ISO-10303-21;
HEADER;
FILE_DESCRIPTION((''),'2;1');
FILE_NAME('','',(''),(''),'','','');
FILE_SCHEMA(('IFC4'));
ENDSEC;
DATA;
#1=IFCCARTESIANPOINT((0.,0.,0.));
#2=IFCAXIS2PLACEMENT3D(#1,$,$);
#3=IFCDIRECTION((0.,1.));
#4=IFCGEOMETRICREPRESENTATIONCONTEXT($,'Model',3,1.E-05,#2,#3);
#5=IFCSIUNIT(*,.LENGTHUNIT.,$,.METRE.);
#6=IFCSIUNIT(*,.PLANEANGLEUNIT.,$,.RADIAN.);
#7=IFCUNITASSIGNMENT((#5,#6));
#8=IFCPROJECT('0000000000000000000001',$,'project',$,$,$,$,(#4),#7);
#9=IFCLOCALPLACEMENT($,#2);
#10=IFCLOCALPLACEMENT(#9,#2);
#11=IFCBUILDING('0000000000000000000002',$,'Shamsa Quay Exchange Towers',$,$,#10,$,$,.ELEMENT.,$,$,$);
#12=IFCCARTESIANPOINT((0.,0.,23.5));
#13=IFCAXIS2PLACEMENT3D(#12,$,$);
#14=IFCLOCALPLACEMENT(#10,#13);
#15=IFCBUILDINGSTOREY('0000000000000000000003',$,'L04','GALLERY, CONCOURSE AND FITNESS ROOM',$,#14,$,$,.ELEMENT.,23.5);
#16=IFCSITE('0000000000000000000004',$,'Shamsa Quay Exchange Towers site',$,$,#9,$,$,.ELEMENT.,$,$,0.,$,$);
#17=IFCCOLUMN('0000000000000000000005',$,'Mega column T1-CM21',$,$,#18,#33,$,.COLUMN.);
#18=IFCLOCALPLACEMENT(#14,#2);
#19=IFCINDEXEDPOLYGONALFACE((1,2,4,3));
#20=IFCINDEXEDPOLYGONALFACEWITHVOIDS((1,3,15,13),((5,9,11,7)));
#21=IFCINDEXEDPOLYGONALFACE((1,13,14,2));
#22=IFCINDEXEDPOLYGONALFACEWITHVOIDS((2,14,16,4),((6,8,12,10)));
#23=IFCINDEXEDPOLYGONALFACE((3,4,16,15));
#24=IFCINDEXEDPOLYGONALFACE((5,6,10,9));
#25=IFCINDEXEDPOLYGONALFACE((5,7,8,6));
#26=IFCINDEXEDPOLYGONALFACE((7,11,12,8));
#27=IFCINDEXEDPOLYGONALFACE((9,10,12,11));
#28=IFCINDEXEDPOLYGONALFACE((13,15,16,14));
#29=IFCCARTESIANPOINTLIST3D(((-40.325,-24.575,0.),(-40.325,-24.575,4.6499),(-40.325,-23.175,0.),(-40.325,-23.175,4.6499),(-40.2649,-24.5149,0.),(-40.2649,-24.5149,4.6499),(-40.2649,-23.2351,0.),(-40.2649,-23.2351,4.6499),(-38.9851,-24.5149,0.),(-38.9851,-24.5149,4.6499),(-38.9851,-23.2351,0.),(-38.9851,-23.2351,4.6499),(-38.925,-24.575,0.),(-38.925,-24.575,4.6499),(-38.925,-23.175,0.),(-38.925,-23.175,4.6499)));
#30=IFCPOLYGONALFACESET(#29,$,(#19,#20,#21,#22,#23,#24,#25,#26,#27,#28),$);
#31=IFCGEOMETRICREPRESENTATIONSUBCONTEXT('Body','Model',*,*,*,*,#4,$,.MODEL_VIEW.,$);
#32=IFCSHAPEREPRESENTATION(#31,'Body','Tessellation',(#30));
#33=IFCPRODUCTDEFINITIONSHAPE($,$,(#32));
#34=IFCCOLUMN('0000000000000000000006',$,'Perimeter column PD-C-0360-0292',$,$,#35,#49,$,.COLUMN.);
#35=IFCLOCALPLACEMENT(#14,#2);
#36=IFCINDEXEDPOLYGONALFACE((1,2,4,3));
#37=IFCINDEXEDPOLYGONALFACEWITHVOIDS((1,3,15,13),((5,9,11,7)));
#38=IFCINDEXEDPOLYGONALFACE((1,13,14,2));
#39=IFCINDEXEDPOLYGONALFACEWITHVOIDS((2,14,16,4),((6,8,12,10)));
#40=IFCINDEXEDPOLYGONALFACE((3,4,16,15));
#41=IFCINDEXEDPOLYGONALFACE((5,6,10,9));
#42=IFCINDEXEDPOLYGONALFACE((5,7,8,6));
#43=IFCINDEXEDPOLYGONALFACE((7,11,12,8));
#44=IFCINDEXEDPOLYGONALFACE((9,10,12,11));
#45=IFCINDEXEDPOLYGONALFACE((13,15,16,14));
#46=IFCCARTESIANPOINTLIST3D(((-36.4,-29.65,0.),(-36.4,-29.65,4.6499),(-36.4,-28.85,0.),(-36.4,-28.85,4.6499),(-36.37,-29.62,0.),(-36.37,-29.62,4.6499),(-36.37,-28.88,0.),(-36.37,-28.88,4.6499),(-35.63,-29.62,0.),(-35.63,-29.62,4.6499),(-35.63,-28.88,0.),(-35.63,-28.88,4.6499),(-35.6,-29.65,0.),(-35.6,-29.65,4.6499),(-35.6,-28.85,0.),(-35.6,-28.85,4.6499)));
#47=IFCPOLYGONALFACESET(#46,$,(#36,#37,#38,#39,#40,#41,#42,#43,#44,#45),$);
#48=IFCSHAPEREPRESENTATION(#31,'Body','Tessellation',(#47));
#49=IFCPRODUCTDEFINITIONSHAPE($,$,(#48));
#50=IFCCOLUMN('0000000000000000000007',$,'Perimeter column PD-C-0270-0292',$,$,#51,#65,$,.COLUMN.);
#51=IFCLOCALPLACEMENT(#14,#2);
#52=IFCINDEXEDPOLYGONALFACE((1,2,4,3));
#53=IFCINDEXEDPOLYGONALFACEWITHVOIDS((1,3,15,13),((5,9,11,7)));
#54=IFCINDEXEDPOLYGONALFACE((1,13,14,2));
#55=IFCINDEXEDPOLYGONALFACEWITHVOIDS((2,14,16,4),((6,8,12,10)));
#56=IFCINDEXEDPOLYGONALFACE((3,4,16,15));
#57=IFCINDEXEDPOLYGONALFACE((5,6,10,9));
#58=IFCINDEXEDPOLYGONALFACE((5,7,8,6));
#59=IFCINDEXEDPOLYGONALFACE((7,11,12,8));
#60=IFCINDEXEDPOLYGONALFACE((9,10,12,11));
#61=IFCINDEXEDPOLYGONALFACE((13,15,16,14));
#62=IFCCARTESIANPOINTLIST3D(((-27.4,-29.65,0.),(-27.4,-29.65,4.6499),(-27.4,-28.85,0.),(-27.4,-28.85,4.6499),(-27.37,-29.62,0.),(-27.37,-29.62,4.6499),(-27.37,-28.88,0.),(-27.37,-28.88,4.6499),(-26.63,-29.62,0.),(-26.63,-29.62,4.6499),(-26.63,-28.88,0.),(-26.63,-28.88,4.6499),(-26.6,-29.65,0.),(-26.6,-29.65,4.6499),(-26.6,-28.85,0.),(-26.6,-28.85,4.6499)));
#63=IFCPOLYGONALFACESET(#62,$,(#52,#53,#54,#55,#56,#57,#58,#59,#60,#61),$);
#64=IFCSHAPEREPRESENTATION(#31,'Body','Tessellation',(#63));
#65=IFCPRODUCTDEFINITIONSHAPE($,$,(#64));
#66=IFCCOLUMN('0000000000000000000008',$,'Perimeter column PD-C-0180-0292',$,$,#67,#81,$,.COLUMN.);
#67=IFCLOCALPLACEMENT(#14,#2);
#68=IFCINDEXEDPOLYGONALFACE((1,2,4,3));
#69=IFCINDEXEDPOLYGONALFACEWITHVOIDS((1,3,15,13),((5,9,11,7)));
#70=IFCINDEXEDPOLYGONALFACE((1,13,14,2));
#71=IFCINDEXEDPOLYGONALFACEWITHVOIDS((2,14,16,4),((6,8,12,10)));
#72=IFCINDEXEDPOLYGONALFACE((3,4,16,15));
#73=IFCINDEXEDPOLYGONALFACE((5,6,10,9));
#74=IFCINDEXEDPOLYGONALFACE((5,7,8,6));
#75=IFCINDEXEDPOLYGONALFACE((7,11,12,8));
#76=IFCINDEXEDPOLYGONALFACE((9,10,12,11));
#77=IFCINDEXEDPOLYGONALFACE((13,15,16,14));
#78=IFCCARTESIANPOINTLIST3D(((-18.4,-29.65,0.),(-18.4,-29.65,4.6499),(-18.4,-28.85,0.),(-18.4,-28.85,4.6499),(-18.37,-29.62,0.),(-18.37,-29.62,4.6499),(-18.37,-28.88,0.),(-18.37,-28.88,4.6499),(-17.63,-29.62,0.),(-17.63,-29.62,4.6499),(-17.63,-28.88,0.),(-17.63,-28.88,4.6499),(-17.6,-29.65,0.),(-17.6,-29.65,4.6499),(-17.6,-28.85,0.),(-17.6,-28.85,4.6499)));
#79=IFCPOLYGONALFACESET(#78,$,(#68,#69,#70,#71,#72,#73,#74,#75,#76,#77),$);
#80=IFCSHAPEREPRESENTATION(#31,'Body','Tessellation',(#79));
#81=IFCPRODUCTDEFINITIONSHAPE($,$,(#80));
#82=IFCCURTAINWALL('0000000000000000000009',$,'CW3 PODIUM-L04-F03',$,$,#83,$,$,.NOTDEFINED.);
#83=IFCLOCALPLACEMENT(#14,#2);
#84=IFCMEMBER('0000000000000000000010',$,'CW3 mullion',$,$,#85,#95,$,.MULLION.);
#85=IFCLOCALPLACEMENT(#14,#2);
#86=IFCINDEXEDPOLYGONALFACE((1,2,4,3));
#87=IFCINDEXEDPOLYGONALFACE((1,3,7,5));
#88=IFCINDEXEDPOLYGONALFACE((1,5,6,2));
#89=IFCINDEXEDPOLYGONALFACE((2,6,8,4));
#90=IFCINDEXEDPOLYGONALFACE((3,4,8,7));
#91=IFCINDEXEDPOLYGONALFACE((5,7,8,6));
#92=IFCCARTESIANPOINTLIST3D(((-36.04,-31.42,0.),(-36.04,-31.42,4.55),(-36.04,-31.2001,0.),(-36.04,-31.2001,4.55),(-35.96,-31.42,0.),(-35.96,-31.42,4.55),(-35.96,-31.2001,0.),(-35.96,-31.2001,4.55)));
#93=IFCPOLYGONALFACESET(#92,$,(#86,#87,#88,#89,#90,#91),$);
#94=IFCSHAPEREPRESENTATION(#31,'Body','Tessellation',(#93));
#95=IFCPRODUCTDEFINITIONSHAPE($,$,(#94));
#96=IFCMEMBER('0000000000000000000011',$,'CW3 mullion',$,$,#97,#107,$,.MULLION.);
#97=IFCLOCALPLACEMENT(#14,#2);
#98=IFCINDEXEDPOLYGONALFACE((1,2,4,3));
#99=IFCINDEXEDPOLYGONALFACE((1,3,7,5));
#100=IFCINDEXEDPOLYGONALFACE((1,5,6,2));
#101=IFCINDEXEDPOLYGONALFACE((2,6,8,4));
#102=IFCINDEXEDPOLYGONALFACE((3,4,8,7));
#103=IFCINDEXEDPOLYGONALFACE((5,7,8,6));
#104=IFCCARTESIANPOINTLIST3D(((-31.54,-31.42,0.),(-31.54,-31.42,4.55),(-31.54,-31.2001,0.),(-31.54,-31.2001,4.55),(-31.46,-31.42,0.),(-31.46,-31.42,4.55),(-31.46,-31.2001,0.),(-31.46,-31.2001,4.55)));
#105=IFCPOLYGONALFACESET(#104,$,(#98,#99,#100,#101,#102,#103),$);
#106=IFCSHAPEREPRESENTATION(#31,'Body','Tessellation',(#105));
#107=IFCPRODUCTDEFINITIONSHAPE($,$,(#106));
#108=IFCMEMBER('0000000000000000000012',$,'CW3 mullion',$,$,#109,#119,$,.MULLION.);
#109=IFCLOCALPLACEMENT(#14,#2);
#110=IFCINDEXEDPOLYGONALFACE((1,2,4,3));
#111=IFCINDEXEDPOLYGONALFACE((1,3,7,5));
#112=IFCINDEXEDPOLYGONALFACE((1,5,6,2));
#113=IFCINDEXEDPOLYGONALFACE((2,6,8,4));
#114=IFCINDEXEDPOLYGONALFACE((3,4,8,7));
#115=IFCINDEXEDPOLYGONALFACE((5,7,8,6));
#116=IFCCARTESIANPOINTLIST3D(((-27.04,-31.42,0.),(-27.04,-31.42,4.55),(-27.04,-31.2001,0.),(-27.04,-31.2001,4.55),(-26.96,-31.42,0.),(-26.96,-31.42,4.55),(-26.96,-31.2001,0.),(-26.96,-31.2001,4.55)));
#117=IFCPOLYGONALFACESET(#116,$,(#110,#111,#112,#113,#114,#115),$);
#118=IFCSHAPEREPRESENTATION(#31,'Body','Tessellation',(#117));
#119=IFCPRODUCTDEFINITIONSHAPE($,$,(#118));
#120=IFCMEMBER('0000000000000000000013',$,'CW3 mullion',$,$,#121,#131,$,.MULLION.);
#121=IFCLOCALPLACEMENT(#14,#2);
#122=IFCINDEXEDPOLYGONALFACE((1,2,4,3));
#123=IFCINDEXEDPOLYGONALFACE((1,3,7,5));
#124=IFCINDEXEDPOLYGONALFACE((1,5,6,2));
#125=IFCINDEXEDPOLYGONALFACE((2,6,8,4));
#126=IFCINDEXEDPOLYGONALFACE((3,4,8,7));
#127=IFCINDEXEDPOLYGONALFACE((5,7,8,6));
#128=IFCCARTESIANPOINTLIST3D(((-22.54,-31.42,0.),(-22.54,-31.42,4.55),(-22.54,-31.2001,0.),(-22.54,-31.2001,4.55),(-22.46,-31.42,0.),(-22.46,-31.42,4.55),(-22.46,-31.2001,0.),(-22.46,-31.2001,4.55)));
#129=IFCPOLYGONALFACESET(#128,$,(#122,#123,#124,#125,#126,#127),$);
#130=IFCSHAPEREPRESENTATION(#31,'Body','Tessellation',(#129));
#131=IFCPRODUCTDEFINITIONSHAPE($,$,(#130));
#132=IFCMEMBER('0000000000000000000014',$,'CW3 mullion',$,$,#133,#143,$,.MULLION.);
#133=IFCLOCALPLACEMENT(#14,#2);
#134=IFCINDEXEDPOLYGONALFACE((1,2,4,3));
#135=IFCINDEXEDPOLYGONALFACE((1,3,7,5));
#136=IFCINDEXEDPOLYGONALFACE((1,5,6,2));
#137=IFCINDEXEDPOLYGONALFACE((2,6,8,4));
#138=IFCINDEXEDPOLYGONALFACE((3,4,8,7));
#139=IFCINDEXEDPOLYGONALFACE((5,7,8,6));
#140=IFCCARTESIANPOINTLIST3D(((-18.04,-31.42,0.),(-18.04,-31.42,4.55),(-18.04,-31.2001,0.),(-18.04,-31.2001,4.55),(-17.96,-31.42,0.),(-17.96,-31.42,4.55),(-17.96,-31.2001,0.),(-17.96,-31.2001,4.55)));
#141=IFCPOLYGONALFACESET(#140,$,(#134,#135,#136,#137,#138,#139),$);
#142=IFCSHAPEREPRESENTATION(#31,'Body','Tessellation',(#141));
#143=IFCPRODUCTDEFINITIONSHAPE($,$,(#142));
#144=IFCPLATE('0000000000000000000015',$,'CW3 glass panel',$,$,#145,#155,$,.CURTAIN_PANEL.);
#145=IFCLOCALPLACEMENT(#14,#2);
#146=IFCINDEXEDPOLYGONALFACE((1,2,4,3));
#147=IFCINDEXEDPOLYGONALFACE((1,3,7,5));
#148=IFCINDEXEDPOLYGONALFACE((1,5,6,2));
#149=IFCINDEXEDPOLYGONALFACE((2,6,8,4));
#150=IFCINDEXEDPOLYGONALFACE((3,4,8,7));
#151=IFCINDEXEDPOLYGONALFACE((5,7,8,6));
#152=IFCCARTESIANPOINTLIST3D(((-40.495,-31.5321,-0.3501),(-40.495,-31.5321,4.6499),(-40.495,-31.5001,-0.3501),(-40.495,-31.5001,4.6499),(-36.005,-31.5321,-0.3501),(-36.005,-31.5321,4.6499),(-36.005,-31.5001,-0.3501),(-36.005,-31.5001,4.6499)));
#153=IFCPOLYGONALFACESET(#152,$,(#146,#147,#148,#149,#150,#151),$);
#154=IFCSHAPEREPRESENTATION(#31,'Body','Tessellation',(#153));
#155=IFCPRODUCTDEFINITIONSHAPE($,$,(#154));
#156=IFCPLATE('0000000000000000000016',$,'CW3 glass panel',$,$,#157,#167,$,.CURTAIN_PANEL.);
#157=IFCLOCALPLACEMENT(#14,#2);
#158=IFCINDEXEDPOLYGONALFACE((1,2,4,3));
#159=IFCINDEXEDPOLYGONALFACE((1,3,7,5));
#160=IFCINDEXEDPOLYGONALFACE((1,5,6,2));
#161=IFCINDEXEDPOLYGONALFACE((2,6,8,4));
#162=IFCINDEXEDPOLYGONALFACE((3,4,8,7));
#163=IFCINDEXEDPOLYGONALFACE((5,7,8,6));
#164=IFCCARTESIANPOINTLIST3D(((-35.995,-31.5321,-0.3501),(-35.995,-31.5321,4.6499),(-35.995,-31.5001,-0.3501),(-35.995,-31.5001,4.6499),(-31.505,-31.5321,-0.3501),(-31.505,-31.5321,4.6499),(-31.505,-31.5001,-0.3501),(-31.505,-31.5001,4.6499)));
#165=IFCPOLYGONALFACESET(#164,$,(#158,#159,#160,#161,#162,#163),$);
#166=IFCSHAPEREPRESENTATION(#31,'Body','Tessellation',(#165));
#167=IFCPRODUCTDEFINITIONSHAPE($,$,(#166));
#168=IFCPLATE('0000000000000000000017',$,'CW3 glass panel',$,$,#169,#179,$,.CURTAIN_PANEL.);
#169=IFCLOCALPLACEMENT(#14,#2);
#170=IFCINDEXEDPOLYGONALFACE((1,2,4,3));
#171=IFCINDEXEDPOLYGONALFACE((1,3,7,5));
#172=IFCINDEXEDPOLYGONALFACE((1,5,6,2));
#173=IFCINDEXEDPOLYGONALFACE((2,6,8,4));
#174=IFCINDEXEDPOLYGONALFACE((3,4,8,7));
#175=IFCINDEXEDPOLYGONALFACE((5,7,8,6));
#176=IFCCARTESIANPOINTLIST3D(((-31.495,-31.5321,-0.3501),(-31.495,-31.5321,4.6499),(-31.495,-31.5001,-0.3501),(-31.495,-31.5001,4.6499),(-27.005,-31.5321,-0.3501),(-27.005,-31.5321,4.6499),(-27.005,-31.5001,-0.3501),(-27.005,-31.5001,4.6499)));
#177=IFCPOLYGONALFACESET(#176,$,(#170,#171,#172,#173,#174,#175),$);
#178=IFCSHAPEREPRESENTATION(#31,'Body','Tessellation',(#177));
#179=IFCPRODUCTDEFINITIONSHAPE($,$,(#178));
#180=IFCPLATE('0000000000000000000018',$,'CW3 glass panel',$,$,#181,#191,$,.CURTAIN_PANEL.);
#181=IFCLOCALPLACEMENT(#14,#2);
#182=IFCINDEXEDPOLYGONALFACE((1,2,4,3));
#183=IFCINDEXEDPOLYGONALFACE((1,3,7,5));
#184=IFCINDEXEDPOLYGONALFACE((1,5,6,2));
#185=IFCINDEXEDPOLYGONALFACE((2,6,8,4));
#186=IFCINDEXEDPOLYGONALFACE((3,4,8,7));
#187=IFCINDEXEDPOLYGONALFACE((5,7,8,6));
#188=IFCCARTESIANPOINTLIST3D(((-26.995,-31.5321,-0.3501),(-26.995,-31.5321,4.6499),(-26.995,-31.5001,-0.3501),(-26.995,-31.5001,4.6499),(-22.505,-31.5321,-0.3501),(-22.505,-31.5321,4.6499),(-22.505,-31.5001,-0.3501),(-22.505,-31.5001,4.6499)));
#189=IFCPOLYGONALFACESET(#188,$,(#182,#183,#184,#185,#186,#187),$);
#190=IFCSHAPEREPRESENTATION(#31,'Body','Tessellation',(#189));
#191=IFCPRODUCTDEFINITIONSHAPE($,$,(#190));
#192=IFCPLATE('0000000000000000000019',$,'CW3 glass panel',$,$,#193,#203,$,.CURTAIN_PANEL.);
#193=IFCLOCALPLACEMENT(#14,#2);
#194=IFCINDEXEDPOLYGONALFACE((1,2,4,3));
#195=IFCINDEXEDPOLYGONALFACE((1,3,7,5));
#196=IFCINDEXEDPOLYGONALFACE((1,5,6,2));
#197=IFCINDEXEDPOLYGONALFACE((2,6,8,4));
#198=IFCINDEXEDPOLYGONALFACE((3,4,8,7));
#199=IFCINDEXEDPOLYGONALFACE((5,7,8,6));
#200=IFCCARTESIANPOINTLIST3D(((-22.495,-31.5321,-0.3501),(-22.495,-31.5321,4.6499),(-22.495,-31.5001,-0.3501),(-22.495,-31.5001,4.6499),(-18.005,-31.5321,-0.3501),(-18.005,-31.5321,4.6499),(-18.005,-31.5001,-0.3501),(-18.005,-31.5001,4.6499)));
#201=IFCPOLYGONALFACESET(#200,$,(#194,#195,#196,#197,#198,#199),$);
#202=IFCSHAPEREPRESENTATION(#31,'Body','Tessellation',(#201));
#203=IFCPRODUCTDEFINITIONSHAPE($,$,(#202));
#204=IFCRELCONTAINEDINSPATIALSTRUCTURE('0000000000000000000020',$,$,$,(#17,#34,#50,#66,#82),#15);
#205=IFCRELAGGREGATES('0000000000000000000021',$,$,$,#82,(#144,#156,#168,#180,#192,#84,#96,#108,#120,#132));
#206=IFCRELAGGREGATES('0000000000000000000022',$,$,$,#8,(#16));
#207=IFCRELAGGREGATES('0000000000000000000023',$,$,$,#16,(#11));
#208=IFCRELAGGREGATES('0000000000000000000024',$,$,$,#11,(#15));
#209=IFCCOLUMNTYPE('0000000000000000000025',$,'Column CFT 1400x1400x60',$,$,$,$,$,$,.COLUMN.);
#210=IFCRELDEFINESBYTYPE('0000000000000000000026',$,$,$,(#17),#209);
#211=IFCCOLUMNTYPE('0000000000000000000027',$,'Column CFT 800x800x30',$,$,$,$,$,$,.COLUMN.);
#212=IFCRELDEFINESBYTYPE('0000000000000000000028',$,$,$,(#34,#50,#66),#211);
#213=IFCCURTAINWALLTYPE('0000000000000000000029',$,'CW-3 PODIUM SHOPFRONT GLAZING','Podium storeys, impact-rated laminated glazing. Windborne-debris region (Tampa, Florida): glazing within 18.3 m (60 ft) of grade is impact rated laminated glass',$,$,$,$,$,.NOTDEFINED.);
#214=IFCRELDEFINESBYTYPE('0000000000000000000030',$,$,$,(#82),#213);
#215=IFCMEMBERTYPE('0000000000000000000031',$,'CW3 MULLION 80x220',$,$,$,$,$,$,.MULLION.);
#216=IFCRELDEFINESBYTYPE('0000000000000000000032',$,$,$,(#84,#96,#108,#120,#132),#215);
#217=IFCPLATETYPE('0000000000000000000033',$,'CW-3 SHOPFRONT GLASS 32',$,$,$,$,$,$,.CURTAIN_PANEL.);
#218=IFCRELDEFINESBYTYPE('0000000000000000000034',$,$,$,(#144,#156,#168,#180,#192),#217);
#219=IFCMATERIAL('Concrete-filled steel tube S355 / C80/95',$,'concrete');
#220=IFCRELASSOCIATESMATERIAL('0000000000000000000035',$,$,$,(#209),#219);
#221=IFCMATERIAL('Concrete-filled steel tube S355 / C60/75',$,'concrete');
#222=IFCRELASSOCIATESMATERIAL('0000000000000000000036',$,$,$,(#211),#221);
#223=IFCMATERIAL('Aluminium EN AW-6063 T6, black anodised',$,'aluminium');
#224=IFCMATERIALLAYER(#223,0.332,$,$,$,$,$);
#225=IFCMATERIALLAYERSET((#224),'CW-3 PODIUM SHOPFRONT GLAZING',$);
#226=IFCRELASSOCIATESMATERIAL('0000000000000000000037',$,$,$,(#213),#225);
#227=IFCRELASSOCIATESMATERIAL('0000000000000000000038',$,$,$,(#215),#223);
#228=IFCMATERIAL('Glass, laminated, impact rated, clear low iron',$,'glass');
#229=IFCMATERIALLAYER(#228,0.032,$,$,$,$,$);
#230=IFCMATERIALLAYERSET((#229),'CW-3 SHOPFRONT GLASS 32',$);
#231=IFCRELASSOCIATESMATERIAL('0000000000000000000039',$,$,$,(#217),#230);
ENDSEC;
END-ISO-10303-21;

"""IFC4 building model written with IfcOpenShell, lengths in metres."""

from ifc_helpers import new_model, si_unit, direction, frame, origin, origin_2d, place, context, subcontext, project, spatial, rectangle, hollow_rectangle, extrude, material, layer, layer_set, material_profile, profile_set, type_object, element, aggregate, save


model = new_model("IFC4")

# Units and contexts
model_context = context("Model", 3, precision=1e-05, world=origin(), true_north=direction((0.0, 1.0)))
body_context = subcontext(model_context, "Body", "Model", "MODEL_VIEW")
ifc_project = project(units=[si_unit("LENGTHUNIT", "METRE"), si_unit("PLANEANGLEUNIT", "RADIAN")], contexts=[model_context])

# Site, building, storey
site_placement = place(None, origin())
site = spatial("IfcSite", under=ifc_project, at=site_placement, Name="Shamsa Quay Exchange Towers site", CompositionType="ELEMENT", RefElevation=0.0)
building_placement = place(site_placement, origin())
building = spatial("IfcBuilding", under=site, at=building_placement, Name="Shamsa Quay Exchange Towers", CompositionType="ELEMENT")
storey_placement = place(building_placement, frame((0.0, 0.0, 23.5)))
storey = spatial("IfcBuildingStorey", under=building, at=storey_placement, Name="L04", Description="GALLERY, CONCOURSE AND FITNESS ROOM", CompositionType="ELEMENT", Elevation=23.5)

# Columns
ifc_material_1 = material(Name="Concrete-filled steel tube S355 / C80/95", Category="concrete")
ifc_material_profile_1 = material_profile(ifc_material_1, hollow_rectangle(XDim=1.3999, YDim=1.3999, WallThickness=0.0601, at=origin_2d()), Name="CFT 1400x1400x60")
ifc_profile_set_1 = profile_set([ifc_material_profile_1], Name="Concrete-filled steel tube S355 / C80/95")
column_type_1 = type_object("IfcColumnType", Name="Column CFT 1400x1400x60", PredefinedType="COLUMN", material=ifc_profile_set_1)
column_placement = place(storey_placement, frame((-39.625, -23.875, 0.0)))
element("IfcColumn", 1, at=column_placement, inside=storey, type_object=column_type_1, Name="Mega column T1-CM21", PredefinedType="COLUMN", context=body_context, shape_type="SweptSolid", body=[
    extrude(hollow_rectangle(XDim=1.3999, YDim=1.3999, WallThickness=0.0601, at=origin_2d()), origin(), (0.0, 0.0, 1.0), 4.6499),
])
ifc_material_2 = material(Name="Concrete-filled steel tube S355 / C60/75", Category="concrete")
ifc_material_profile_2 = material_profile(ifc_material_2, hollow_rectangle(XDim=0.8, YDim=0.8, WallThickness=0.03, at=origin_2d()), Name="CFT 800x800x30")
ifc_profile_set_2 = profile_set([ifc_material_profile_2], Name="Concrete-filled steel tube S355 / C60/75")
column_type_2 = type_object("IfcColumnType", Name="Column CFT 800x800x30", PredefinedType="COLUMN", material=ifc_profile_set_2)
for number, where, name in (
    (2, (-36.0, -29.25, 0.0), "Perimeter column PD-C-0360-0292"),
    (3, (-27.0, -29.25, 0.0), "Perimeter column PD-C-0270-0292"),
    (4, (-18.0, -29.25, 0.0), "Perimeter column PD-C-0180-0292"),
):
    element("IfcColumn", number, at=place(storey_placement, frame(where)), inside=storey, type_object=column_type_2, Name=name, PredefinedType="COLUMN", context=body_context, shape_type="SweptSolid", body=[
        extrude(hollow_rectangle(XDim=0.8, YDim=0.8, WallThickness=0.03, at=origin_2d()), origin(), (0.0, 0.0, 1.0), 4.6499),
    ])

# Curtain wall, members, plates
ifc_material_3 = material(Name="Aluminium EN AW-6063 T6, black anodised", Category="aluminium")
ifc_layer_1 = layer(ifc_material_3, 0.332)
ifc_layer_set_1 = layer_set([ifc_layer_1], Name="CW-3 PODIUM SHOPFRONT GLAZING")
curtain_wall_type = type_object("IfcCurtainWallType", Name="CW-3 PODIUM SHOPFRONT GLAZING", Description="Podium storeys, impact-rated laminated glazing. Windborne-debris region (Tampa, Florida): glazing within 18.3 m (60 ft) of grade is impact rated laminated glass", PredefinedType="NOTDEFINED", material=ifc_layer_set_1)
curtain_wall_placement = place(storey_placement, origin())
curtain_wall = element("IfcCurtainWall", 5, at=curtain_wall_placement, inside=storey, type_object=curtain_wall_type, Name="CW3 PODIUM-L04-F03", PredefinedType="NOTDEFINED")
ifc_material_profile_3 = material_profile(ifc_material_3, rectangle(XDim=0.22, YDim=0.0801, at=origin_2d()), Name="MU80x220")
ifc_profile_set_3 = profile_set([ifc_material_profile_3], Name="Aluminium EN AW-6063 T6, black anodised")
member_type = type_object("IfcMemberType", Name="CW3 MULLION 80x220", PredefinedType="MULLION", material=ifc_profile_set_3)
member_1_placement = place(storey_placement, frame((-36.0, -31.3101, 0.0), z_axis=(0.0, 0.0, 1.0), x_axis=(0.0, 1.0, 0.0)))
member_1 = element("IfcMember", 6, at=member_1_placement, type_object=member_type, Name="CW3 mullion", PredefinedType="MULLION", context=body_context, shape_type="SweptSolid", body=[
    extrude(rectangle(XDim=0.22, YDim=0.0801, at=origin_2d()), origin(), (0.0, 0.0, 1.0), 4.55),
])
member_2_placement = place(storey_placement, frame((-31.5, -31.3101, 0.0), z_axis=(0.0, 0.0, 1.0), x_axis=(0.0, 1.0, 0.0)))
member_2 = element("IfcMember", 7, at=member_2_placement, type_object=member_type, Name="CW3 mullion", PredefinedType="MULLION", context=body_context, shape_type="SweptSolid", body=[
    extrude(rectangle(XDim=0.22, YDim=0.0801, at=origin_2d()), origin(), (0.0, 0.0, 1.0), 4.55),
])
member_3_placement = place(storey_placement, frame((-27.0, -31.3101, 0.0), z_axis=(0.0, 0.0, 1.0), x_axis=(0.0, 1.0, 0.0)))
member_3 = element("IfcMember", 8, at=member_3_placement, type_object=member_type, Name="CW3 mullion", PredefinedType="MULLION", context=body_context, shape_type="SweptSolid", body=[
    extrude(rectangle(XDim=0.22, YDim=0.0801, at=origin_2d()), origin(), (0.0, 0.0, 1.0), 4.55),
])
member_4_placement = place(storey_placement, frame((-22.5, -31.3101, 0.0), z_axis=(0.0, 0.0, 1.0), x_axis=(0.0, 1.0, 0.0)))
member_4 = element("IfcMember", 9, at=member_4_placement, type_object=member_type, Name="CW3 mullion", PredefinedType="MULLION", context=body_context, shape_type="SweptSolid", body=[
    extrude(rectangle(XDim=0.22, YDim=0.0801, at=origin_2d()), origin(), (0.0, 0.0, 1.0), 4.55),
])
member_5_placement = place(storey_placement, frame((-18.0, -31.3101, 0.0), z_axis=(0.0, 0.0, 1.0), x_axis=(0.0, 1.0, 0.0)))
member_5 = element("IfcMember", 10, at=member_5_placement, type_object=member_type, Name="CW3 mullion", PredefinedType="MULLION", context=body_context, shape_type="SweptSolid", body=[
    extrude(rectangle(XDim=0.22, YDim=0.0801, at=origin_2d()), origin(), (0.0, 0.0, 1.0), 4.55),
])
ifc_material_4 = material(Name="Glass, laminated, impact rated, clear low iron", Category="glass")
ifc_layer_2 = layer(ifc_material_4, 0.032)
ifc_layer_set_2 = layer_set([ifc_layer_2], Name="CW-3 SHOPFRONT GLASS 32")
plate_type = type_object("IfcPlateType", Name="CW-3 SHOPFRONT GLASS 32", PredefinedType="CURTAIN_PANEL", material=ifc_layer_set_2)
plate_1_placement = place(storey_placement, frame((-38.25, -31.5161, -0.3501)))
plate_1 = element("IfcPlate", 11, at=plate_1_placement, type_object=plate_type, Name="CW3 glass panel", PredefinedType="CURTAIN_PANEL", context=body_context, shape_type="SweptSolid", body=[
    extrude(rectangle(XDim=4.49, YDim=0.032, at=origin_2d()), origin(), (0.0, 0.0, 1.0), 5.0),
])
plate_2_placement = place(storey_placement, frame((-33.75, -31.5161, -0.3501)))
plate_2 = element("IfcPlate", 12, at=plate_2_placement, type_object=plate_type, Name="CW3 glass panel", PredefinedType="CURTAIN_PANEL", context=body_context, shape_type="SweptSolid", body=[
    extrude(rectangle(XDim=4.49, YDim=0.032, at=origin_2d()), origin(), (0.0, 0.0, 1.0), 5.0),
])
plate_3_placement = place(storey_placement, frame((-29.25, -31.5161, -0.3501)))
plate_3 = element("IfcPlate", 13, at=plate_3_placement, type_object=plate_type, Name="CW3 glass panel", PredefinedType="CURTAIN_PANEL", context=body_context, shape_type="SweptSolid", body=[
    extrude(rectangle(XDim=4.49, YDim=0.032, at=origin_2d()), origin(), (0.0, 0.0, 1.0), 5.0),
])
plate_4_placement = place(storey_placement, frame((-24.75, -31.5161, -0.3501)))
plate_4 = element("IfcPlate", 14, at=plate_4_placement, type_object=plate_type, Name="CW3 glass panel", PredefinedType="CURTAIN_PANEL", context=body_context, shape_type="SweptSolid", body=[
    extrude(rectangle(XDim=4.49, YDim=0.032, at=origin_2d()), origin(), (0.0, 0.0, 1.0), 5.0),
])
plate_5_placement = place(storey_placement, frame((-20.25, -31.5161, -0.3501)))
plate_5 = element("IfcPlate", 15, at=plate_5_placement, type_object=plate_type, Name="CW3 glass panel", PredefinedType="CURTAIN_PANEL", context=body_context, shape_type="SweptSolid", body=[
    extrude(rectangle(XDim=4.49, YDim=0.032, at=origin_2d()), origin(), (0.0, 0.0, 1.0), 5.0),
])
aggregate(curtain_wall, [plate_1, plate_2, plate_3, plate_4, plate_5, member_1, member_2, member_3, member_4, member_5])

save(model, "model.ifc")
